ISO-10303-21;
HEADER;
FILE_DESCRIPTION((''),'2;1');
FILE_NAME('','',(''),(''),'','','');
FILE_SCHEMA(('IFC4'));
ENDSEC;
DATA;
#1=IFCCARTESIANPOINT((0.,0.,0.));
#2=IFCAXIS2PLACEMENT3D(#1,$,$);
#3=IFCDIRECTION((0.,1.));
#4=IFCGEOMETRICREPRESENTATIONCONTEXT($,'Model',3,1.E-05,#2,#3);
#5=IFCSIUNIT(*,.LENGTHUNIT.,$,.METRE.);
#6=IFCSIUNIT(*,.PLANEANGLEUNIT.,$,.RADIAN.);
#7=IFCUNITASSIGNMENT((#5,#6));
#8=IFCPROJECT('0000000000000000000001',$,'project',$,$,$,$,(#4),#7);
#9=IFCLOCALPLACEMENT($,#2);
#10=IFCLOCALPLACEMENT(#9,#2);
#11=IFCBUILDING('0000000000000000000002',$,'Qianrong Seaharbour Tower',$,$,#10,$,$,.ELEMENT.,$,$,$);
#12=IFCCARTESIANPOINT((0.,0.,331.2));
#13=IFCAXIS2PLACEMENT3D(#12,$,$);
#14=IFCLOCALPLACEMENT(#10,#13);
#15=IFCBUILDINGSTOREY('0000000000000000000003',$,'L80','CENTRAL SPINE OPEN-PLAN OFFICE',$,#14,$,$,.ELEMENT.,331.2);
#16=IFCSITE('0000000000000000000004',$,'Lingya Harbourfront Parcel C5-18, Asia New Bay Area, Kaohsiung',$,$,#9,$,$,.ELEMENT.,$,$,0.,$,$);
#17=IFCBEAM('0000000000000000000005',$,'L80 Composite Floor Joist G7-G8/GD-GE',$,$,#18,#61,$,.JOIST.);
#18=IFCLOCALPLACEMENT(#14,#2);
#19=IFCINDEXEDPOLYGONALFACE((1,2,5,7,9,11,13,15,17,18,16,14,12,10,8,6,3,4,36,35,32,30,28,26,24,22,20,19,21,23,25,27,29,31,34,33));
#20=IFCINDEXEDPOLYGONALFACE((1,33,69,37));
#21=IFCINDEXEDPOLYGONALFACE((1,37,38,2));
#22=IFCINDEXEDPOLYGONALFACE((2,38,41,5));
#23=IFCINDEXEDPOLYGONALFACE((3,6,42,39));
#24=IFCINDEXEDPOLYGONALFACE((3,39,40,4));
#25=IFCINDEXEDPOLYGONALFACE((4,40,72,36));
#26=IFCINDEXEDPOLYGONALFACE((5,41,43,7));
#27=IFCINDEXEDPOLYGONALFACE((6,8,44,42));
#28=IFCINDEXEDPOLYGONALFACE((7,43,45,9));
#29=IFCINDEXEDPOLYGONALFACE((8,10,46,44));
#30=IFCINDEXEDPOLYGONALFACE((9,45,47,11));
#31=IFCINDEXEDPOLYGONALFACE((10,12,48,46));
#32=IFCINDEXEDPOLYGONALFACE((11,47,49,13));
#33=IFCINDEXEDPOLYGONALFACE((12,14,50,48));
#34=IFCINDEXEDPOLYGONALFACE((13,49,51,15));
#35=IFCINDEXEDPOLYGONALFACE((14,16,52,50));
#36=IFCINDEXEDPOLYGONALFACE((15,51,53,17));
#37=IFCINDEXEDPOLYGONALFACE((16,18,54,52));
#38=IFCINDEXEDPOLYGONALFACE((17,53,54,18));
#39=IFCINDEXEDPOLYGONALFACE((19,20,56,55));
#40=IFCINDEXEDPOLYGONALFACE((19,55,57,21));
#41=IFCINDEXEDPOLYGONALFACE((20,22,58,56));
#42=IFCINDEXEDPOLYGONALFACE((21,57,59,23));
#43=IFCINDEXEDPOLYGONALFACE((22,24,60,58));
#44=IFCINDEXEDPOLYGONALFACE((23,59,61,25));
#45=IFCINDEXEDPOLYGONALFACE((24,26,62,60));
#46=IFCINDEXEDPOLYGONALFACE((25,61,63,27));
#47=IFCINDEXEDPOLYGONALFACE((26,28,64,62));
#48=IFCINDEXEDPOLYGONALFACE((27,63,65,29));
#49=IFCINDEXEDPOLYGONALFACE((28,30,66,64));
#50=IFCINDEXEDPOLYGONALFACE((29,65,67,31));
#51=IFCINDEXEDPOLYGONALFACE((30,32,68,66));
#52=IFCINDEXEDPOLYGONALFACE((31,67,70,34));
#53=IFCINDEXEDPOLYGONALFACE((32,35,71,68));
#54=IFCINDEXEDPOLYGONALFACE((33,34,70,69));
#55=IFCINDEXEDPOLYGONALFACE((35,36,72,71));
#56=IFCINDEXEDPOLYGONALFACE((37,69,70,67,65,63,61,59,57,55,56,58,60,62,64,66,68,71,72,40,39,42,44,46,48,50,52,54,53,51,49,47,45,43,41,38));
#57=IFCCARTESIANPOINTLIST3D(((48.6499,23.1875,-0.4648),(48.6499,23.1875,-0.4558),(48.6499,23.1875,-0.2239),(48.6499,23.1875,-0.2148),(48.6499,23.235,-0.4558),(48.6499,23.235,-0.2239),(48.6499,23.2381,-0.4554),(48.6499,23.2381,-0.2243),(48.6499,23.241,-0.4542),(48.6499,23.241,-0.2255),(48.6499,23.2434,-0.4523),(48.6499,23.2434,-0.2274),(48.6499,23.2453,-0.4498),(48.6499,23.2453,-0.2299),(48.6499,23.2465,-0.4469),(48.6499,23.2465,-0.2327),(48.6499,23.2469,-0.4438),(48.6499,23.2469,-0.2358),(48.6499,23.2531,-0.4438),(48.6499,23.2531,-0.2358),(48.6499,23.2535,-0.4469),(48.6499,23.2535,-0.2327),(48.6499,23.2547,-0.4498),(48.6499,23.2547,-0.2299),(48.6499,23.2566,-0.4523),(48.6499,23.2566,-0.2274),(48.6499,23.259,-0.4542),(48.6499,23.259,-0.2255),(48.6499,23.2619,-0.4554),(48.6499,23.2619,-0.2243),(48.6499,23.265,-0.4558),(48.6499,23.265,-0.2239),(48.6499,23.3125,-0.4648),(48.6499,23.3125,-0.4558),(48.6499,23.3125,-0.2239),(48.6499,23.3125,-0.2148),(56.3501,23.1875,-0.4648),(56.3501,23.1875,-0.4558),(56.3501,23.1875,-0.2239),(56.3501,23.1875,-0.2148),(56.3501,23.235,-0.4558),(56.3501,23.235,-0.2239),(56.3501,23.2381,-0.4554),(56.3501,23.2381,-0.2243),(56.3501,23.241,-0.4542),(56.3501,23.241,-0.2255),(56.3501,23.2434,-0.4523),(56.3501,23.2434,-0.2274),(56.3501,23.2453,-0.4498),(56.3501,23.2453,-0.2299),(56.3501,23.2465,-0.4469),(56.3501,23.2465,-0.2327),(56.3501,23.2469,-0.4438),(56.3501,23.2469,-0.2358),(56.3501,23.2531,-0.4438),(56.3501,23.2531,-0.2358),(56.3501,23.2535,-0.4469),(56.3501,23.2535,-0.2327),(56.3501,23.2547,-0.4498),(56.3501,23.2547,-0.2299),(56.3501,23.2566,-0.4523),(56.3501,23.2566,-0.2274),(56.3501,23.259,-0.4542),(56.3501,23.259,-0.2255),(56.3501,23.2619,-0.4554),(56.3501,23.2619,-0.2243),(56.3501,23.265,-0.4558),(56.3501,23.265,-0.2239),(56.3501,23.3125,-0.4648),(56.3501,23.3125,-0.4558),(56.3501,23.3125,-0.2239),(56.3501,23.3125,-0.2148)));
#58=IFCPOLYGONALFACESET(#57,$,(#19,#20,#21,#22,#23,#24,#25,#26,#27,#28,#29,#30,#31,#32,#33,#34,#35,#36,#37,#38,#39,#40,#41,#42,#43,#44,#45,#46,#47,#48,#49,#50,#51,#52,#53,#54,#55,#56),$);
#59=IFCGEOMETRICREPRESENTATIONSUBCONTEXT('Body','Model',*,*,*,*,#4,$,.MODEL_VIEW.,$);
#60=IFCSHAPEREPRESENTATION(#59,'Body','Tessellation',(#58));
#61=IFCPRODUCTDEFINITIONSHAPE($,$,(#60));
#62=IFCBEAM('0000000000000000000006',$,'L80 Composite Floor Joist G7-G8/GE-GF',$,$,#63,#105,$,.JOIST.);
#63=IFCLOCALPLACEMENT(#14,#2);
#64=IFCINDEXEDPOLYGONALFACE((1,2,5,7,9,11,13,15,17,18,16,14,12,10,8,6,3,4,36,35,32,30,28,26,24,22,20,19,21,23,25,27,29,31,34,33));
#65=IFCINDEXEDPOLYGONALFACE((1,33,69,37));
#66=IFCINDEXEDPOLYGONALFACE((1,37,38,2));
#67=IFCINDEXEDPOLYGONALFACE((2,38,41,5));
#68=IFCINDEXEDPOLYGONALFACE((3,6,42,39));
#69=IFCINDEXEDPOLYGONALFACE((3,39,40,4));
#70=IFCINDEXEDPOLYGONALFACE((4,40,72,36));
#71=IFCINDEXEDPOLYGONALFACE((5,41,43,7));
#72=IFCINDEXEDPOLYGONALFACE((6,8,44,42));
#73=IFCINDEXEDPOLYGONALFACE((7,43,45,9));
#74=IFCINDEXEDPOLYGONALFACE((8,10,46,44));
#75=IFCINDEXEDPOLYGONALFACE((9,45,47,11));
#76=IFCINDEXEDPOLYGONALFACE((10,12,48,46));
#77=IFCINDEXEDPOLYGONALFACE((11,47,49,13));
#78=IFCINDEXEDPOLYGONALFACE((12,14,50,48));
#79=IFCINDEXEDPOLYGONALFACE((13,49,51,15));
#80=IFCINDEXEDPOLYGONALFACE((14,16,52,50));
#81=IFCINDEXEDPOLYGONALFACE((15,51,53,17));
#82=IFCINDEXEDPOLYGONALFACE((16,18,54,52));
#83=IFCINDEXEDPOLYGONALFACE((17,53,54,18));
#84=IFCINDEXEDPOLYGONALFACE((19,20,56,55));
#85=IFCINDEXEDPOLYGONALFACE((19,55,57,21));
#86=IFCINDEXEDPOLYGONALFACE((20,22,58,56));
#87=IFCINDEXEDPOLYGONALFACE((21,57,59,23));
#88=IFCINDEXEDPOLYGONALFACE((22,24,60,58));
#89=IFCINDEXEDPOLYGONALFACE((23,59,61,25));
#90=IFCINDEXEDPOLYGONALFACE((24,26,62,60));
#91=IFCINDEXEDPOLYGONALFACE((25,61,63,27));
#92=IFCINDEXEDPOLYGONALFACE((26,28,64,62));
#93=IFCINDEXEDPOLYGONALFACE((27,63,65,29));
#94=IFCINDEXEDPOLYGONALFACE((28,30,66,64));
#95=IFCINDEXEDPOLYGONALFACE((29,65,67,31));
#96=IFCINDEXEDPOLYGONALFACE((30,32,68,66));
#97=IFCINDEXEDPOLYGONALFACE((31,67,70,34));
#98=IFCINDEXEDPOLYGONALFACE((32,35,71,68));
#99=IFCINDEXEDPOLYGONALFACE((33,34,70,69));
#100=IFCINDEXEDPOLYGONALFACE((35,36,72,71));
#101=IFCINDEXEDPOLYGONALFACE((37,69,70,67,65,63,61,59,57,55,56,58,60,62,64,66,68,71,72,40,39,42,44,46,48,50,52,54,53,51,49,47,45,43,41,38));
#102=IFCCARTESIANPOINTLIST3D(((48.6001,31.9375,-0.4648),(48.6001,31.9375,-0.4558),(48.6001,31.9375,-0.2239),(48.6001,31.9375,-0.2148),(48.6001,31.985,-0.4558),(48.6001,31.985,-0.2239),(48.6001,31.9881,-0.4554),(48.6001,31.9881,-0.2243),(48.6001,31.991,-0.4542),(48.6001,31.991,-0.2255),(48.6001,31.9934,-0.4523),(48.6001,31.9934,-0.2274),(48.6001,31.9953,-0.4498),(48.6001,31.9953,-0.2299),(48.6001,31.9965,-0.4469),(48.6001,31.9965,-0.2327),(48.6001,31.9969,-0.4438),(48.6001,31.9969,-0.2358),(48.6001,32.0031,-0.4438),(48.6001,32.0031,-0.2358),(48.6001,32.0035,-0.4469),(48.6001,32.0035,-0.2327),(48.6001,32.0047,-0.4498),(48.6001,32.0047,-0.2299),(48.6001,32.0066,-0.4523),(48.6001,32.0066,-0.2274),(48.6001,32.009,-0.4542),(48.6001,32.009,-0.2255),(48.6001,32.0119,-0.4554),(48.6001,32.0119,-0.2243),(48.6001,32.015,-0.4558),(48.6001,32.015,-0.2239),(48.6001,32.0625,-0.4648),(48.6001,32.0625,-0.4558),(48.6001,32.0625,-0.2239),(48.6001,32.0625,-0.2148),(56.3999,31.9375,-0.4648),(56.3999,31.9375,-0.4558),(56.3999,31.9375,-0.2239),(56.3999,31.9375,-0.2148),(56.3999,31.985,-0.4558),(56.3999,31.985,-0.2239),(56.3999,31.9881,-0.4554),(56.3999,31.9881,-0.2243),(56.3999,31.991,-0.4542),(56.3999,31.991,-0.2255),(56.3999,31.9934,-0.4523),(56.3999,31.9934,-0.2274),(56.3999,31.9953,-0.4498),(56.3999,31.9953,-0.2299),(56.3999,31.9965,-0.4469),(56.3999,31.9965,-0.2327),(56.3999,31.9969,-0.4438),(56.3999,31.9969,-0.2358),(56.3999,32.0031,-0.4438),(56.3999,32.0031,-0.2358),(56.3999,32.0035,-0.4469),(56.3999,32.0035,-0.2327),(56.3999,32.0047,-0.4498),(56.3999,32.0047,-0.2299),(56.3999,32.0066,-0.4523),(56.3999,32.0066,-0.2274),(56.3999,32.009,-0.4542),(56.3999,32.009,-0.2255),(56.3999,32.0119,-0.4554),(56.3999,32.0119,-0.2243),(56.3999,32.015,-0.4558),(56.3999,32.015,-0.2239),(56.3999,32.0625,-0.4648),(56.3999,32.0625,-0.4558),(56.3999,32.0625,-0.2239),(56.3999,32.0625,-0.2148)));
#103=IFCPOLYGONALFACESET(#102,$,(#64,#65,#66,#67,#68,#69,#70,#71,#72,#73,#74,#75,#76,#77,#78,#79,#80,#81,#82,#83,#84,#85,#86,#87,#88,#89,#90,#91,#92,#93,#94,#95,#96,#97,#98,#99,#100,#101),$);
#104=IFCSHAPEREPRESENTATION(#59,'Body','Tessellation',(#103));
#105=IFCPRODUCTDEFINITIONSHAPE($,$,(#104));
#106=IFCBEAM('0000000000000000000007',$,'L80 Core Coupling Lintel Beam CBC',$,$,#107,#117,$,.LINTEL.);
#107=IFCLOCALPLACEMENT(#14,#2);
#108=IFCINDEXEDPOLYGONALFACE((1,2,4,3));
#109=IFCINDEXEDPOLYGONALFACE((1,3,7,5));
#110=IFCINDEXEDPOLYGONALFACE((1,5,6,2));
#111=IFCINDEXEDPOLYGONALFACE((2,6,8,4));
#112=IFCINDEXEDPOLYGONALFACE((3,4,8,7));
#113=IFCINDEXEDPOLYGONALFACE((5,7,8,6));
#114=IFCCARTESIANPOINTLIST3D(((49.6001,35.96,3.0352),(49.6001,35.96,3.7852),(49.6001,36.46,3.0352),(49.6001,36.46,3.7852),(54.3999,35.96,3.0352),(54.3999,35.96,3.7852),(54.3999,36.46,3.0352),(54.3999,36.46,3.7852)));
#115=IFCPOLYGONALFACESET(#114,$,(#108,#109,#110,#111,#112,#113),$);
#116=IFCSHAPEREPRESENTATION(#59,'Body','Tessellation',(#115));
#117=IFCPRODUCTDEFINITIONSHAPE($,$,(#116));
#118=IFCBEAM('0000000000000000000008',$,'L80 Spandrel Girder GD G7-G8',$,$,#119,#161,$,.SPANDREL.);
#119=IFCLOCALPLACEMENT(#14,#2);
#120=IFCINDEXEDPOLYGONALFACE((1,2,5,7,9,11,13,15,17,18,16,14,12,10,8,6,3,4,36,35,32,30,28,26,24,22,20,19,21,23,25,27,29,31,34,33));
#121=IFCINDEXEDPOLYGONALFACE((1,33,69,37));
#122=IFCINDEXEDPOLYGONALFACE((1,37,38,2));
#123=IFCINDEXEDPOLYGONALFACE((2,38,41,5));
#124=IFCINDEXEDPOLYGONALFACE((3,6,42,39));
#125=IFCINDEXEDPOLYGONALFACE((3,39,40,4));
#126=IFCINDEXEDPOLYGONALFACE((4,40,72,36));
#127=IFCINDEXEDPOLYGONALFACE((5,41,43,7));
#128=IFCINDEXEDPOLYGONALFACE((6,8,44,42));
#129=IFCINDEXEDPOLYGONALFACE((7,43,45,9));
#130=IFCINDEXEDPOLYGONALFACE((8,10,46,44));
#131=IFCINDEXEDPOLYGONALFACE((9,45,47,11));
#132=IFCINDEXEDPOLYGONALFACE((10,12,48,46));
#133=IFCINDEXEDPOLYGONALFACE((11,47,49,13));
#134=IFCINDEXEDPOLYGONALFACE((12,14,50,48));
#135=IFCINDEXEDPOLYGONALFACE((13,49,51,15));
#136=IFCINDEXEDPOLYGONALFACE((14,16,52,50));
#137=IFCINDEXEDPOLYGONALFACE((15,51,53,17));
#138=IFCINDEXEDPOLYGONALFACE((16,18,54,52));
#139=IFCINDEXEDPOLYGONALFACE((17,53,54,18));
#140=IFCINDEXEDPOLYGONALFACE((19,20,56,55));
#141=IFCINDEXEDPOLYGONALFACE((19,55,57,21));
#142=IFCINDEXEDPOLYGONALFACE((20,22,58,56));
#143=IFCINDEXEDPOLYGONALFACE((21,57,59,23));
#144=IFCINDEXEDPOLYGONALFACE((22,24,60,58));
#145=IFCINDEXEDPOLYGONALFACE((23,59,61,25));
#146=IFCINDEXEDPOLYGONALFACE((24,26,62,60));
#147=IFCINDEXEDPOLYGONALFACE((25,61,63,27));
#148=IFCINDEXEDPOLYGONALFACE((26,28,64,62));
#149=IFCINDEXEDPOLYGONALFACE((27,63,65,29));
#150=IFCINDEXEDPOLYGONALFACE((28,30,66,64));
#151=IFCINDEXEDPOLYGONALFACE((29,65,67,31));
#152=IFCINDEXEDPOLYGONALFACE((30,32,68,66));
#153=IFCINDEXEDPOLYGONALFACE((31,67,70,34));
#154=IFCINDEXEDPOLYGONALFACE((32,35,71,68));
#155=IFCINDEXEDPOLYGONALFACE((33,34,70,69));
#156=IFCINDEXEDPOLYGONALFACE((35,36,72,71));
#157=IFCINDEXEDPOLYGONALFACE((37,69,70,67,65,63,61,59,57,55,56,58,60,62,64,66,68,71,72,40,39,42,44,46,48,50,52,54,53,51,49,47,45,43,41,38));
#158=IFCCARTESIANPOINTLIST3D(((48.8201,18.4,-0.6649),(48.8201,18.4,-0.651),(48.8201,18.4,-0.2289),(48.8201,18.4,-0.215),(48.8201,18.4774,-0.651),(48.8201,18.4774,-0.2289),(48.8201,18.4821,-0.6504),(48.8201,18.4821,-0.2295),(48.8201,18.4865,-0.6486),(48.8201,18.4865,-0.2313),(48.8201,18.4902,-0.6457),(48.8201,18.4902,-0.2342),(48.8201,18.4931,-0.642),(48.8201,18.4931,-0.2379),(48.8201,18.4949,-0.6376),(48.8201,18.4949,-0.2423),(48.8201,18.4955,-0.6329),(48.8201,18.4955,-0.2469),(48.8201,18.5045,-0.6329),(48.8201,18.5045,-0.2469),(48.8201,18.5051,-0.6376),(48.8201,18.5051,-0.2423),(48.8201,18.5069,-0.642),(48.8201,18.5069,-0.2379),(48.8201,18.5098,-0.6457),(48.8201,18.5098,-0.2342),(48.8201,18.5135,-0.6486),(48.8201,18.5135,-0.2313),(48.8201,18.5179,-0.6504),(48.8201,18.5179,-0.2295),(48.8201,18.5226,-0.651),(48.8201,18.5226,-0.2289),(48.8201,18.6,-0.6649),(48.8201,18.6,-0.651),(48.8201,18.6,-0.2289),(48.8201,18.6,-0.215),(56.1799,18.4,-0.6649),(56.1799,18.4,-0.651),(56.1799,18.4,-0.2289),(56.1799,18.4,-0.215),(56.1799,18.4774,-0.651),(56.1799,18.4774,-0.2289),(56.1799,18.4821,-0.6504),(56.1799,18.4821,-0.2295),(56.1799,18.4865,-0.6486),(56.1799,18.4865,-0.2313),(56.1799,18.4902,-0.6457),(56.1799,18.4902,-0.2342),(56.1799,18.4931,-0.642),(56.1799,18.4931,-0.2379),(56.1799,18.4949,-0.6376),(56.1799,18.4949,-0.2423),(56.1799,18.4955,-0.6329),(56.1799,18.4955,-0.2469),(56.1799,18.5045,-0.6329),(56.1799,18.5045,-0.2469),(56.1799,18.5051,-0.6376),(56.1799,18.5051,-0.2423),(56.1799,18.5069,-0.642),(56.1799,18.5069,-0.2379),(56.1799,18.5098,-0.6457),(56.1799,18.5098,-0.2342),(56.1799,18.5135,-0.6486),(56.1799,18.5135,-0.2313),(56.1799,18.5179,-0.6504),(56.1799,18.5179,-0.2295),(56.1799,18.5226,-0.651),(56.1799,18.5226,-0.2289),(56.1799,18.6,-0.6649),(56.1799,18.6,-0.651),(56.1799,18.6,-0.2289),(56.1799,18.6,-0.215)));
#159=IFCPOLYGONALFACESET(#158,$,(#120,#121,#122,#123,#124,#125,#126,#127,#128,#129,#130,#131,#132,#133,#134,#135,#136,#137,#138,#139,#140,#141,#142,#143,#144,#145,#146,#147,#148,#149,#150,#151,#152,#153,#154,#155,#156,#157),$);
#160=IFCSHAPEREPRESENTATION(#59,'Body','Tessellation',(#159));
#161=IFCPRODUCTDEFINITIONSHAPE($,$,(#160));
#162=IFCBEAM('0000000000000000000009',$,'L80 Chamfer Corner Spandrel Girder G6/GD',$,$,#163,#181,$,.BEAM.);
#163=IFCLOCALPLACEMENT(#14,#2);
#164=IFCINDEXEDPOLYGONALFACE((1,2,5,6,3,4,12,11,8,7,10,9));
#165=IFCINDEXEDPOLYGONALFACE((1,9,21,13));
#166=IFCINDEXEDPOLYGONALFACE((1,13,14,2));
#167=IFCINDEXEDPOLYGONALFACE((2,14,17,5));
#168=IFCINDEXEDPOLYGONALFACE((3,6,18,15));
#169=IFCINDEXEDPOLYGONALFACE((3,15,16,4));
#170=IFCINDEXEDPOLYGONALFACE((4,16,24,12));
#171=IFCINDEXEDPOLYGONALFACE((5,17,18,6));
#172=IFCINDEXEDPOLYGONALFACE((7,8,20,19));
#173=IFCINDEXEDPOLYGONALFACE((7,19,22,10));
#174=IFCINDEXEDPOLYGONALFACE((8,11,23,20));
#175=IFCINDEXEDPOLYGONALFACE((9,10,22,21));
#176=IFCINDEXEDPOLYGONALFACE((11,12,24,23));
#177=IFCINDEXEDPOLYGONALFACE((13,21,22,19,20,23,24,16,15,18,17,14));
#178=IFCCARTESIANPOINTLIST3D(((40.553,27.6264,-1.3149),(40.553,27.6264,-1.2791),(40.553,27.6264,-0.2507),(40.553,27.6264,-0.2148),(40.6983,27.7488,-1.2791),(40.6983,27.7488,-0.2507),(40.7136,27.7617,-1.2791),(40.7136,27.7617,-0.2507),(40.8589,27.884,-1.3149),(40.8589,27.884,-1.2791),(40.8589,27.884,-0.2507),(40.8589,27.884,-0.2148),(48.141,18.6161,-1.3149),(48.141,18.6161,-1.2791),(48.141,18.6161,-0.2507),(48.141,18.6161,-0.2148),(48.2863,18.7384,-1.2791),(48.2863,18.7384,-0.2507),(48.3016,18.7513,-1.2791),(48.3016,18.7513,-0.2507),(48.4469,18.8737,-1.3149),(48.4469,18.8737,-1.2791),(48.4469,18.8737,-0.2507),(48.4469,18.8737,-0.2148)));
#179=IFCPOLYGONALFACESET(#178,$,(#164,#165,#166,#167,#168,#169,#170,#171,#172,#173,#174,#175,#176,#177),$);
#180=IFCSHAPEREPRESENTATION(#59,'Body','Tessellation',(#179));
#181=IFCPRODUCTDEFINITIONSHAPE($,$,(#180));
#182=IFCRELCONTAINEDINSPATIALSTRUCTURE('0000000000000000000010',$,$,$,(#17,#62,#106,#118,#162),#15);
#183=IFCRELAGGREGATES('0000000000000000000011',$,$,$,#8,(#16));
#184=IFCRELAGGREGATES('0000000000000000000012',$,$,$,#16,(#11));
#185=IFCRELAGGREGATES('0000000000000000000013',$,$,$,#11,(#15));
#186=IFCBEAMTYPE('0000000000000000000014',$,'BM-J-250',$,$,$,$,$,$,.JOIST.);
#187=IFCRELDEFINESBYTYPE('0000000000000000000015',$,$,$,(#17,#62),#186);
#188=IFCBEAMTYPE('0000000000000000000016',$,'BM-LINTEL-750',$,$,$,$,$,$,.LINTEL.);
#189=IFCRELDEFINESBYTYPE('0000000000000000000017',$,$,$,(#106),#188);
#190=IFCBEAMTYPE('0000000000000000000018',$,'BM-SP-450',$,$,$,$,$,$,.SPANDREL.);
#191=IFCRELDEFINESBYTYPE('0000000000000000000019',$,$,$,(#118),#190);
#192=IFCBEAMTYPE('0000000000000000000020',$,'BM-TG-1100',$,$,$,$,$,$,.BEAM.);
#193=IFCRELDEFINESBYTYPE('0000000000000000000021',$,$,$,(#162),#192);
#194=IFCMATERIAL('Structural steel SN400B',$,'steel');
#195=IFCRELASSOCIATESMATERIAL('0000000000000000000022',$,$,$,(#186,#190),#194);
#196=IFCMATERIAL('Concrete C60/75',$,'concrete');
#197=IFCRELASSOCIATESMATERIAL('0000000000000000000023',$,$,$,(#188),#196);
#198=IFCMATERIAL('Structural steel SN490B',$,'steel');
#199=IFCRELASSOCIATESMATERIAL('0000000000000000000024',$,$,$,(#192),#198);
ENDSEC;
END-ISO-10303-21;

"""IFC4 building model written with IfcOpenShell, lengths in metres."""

from ifc_helpers import new_model, si_unit, direction, frame, origin, origin_2d, place, context, subcontext, project, spatial, rectangle, i_section, extrude, material, material_profile, profile_set, type_object, element, save


model = new_model("IFC4")

# Units and contexts
model_context = context("Model", 3, precision=1e-05, world=origin(), true_north=direction((0.0, 1.0)))
body_context = subcontext(model_context, "Body", "Model", "MODEL_VIEW")
ifc_project = project(units=[si_unit("LENGTHUNIT", "METRE"), si_unit("PLANEANGLEUNIT", "RADIAN")], contexts=[model_context])

# Site, building, storey
site_placement = place(None, origin())
site = spatial("IfcSite", under=ifc_project, at=site_placement, Name="Lingya Harbourfront Parcel C5-18, Asia New Bay Area, Kaohsiung", CompositionType="ELEMENT", RefElevation=0.0)
building_placement = place(site_placement, origin())
building = spatial("IfcBuilding", under=site, at=building_placement, Name="Qianrong Seaharbour Tower", CompositionType="ELEMENT")
storey_placement = place(building_placement, frame((0.0, 0.0, 331.2)))
storey = spatial("IfcBuildingStorey", under=building, at=storey_placement, Name="L80", Description="CENTRAL SPINE OPEN-PLAN OFFICE", CompositionType="ELEMENT", Elevation=331.2)

# Shared definitions
ifc_material_1 = material(Name="Structural steel SN400B", Category="steel")

# Beams
ifc_material_2 = material(Name="Structural steel SN490B", Category="steel")
ifc_material_profile_1 = material_profile(ifc_material_1, i_section(OverallWidth=0.125, OverallDepth=0.25, WebThickness=0.0061, FlangeThickness=0.009, FilletRadius=0.012, at=origin_2d()), Name="H250x125x6x9")
ifc_profile_set_1 = profile_set([ifc_material_profile_1], Name="Structural steel SN400B")
beam_type_1 = type_object("IfcBeamType", Name="BM-J-250", PredefinedType="JOIST", material=ifc_profile_set_1)
beam_1_placement = place(storey_placement, frame((48.6499, 23.25, -0.3398), z_axis=(1.0, 0.0, 0.0), x_axis=(0.0, 1.0, 0.0)))
element("IfcBeam", 1, at=beam_1_placement, inside=storey, type_object=beam_type_1, Name="L80 Composite Floor Joist G7-G8/GD-GE", PredefinedType="JOIST", context=body_context, shape_type="SweptSolid", body=[
    extrude(i_section(OverallWidth=0.125, OverallDepth=0.25, WebThickness=0.0061, FlangeThickness=0.009, FilletRadius=0.012, at=origin_2d()), origin(), (0.0, 0.0, 1.0), 7.7002),
])
beam_2_placement = place(storey_placement, frame((48.6001, 32.0, -0.3398), z_axis=(1.0, 0.0, 0.0), x_axis=(0.0, 1.0, 0.0)))
element("IfcBeam", 2, at=beam_2_placement, inside=storey, type_object=beam_type_1, Name="L80 Composite Floor Joist G7-G8/GE-GF", PredefinedType="JOIST", context=body_context, shape_type="SweptSolid", body=[
    extrude(i_section(OverallWidth=0.125, OverallDepth=0.25, WebThickness=0.0061, FlangeThickness=0.009, FilletRadius=0.012, at=origin_2d()), origin(), (0.0, 0.0, 1.0), 7.7998),
])
ifc_material_3 = material(Name="Concrete C60/75", Category="concrete")
ifc_material_profile_2 = material_profile(ifc_material_3, rectangle(XDim=0.5, YDim=0.75, at=origin_2d()), Name="RC500x750")
ifc_profile_set_2 = profile_set([ifc_material_profile_2], Name="Concrete C60/75")
beam_type_2 = type_object("IfcBeamType", Name="BM-LINTEL-750", PredefinedType="LINTEL", material=ifc_profile_set_2)
beam_3_placement = place(storey_placement, frame((49.6001, 36.21, 3.4102), z_axis=(1.0, 0.0, 0.0), x_axis=(0.0, 1.0, 0.0)))
element("IfcBeam", 3, at=beam_3_placement, inside=storey, type_object=beam_type_2, Name="L80 Core Coupling Lintel Beam CBC", PredefinedType="LINTEL", context=body_context, shape_type="SweptSolid", body=[
    extrude(rectangle(XDim=0.5, YDim=0.75, at=origin_2d()), origin(), (0.0, 0.0, 1.0), 4.7998),
])
ifc_material_profile_3 = material_profile(ifc_material_1, i_section(OverallWidth=0.2, OverallDepth=0.45, WebThickness=0.009, FlangeThickness=0.0139, FilletRadius=0.0181, at=origin_2d()), Name="H450x200x9x14")
ifc_profile_set_3 = profile_set([ifc_material_profile_3], Name="Structural steel SN400B")
beam_type_3 = type_object("IfcBeamType", Name="BM-SP-450", PredefinedType="SPANDREL", material=ifc_profile_set_3)
beam_4_placement = place(storey_placement, frame((48.8201, 18.5, -0.4399), z_axis=(1.0, 0.0, 0.0), x_axis=(0.0, 1.0, 0.0)))
element("IfcBeam", 4, at=beam_4_placement, inside=storey, type_object=beam_type_3, Name="L80 Spandrel Girder GD G7-G8", PredefinedType="SPANDREL", context=body_context, shape_type="SweptSolid", body=[
    extrude(i_section(OverallWidth=0.2, OverallDepth=0.45, WebThickness=0.009, FlangeThickness=0.0139, FilletRadius=0.0181, at=origin_2d()), origin(), (0.0, 0.0, 1.0), 7.3599),
])
ifc_material_profile_4 = material_profile(ifc_material_2, i_section(OverallWidth=0.3999, OverallDepth=1.1001, WebThickness=0.02, FlangeThickness=0.0359, at=origin_2d()), Name="BH1100x400x20x36")
ifc_profile_set_4 = profile_set([ifc_material_profile_4], Name="Structural steel SN490B")
beam_type_4 = type_object("IfcBeamType", Name="BM-TG-1100", PredefinedType="BEAM", material=ifc_profile_set_4)
beam_5_placement = place(storey_placement, frame((48.2939, 18.7449, -0.7649), z_axis=(-0.644151, 0.764898, 0.0), x_axis=(-0.764898, -0.644151, 0.0)))
element("IfcBeam", 5, at=beam_5_placement, inside=storey, type_object=beam_type_4, Name="L80 Chamfer Corner Spandrel Girder G6/GD", PredefinedType="BEAM", context=body_context, shape_type="SweptSolid", body=[
    extrude(i_section(OverallWidth=0.3999, OverallDepth=1.1001, WebThickness=0.02, FlangeThickness=0.0359, at=origin_2d()), origin(), (0.0, 0.0, 1.0), 11.7798),
])

save(model, "model.ifc")
